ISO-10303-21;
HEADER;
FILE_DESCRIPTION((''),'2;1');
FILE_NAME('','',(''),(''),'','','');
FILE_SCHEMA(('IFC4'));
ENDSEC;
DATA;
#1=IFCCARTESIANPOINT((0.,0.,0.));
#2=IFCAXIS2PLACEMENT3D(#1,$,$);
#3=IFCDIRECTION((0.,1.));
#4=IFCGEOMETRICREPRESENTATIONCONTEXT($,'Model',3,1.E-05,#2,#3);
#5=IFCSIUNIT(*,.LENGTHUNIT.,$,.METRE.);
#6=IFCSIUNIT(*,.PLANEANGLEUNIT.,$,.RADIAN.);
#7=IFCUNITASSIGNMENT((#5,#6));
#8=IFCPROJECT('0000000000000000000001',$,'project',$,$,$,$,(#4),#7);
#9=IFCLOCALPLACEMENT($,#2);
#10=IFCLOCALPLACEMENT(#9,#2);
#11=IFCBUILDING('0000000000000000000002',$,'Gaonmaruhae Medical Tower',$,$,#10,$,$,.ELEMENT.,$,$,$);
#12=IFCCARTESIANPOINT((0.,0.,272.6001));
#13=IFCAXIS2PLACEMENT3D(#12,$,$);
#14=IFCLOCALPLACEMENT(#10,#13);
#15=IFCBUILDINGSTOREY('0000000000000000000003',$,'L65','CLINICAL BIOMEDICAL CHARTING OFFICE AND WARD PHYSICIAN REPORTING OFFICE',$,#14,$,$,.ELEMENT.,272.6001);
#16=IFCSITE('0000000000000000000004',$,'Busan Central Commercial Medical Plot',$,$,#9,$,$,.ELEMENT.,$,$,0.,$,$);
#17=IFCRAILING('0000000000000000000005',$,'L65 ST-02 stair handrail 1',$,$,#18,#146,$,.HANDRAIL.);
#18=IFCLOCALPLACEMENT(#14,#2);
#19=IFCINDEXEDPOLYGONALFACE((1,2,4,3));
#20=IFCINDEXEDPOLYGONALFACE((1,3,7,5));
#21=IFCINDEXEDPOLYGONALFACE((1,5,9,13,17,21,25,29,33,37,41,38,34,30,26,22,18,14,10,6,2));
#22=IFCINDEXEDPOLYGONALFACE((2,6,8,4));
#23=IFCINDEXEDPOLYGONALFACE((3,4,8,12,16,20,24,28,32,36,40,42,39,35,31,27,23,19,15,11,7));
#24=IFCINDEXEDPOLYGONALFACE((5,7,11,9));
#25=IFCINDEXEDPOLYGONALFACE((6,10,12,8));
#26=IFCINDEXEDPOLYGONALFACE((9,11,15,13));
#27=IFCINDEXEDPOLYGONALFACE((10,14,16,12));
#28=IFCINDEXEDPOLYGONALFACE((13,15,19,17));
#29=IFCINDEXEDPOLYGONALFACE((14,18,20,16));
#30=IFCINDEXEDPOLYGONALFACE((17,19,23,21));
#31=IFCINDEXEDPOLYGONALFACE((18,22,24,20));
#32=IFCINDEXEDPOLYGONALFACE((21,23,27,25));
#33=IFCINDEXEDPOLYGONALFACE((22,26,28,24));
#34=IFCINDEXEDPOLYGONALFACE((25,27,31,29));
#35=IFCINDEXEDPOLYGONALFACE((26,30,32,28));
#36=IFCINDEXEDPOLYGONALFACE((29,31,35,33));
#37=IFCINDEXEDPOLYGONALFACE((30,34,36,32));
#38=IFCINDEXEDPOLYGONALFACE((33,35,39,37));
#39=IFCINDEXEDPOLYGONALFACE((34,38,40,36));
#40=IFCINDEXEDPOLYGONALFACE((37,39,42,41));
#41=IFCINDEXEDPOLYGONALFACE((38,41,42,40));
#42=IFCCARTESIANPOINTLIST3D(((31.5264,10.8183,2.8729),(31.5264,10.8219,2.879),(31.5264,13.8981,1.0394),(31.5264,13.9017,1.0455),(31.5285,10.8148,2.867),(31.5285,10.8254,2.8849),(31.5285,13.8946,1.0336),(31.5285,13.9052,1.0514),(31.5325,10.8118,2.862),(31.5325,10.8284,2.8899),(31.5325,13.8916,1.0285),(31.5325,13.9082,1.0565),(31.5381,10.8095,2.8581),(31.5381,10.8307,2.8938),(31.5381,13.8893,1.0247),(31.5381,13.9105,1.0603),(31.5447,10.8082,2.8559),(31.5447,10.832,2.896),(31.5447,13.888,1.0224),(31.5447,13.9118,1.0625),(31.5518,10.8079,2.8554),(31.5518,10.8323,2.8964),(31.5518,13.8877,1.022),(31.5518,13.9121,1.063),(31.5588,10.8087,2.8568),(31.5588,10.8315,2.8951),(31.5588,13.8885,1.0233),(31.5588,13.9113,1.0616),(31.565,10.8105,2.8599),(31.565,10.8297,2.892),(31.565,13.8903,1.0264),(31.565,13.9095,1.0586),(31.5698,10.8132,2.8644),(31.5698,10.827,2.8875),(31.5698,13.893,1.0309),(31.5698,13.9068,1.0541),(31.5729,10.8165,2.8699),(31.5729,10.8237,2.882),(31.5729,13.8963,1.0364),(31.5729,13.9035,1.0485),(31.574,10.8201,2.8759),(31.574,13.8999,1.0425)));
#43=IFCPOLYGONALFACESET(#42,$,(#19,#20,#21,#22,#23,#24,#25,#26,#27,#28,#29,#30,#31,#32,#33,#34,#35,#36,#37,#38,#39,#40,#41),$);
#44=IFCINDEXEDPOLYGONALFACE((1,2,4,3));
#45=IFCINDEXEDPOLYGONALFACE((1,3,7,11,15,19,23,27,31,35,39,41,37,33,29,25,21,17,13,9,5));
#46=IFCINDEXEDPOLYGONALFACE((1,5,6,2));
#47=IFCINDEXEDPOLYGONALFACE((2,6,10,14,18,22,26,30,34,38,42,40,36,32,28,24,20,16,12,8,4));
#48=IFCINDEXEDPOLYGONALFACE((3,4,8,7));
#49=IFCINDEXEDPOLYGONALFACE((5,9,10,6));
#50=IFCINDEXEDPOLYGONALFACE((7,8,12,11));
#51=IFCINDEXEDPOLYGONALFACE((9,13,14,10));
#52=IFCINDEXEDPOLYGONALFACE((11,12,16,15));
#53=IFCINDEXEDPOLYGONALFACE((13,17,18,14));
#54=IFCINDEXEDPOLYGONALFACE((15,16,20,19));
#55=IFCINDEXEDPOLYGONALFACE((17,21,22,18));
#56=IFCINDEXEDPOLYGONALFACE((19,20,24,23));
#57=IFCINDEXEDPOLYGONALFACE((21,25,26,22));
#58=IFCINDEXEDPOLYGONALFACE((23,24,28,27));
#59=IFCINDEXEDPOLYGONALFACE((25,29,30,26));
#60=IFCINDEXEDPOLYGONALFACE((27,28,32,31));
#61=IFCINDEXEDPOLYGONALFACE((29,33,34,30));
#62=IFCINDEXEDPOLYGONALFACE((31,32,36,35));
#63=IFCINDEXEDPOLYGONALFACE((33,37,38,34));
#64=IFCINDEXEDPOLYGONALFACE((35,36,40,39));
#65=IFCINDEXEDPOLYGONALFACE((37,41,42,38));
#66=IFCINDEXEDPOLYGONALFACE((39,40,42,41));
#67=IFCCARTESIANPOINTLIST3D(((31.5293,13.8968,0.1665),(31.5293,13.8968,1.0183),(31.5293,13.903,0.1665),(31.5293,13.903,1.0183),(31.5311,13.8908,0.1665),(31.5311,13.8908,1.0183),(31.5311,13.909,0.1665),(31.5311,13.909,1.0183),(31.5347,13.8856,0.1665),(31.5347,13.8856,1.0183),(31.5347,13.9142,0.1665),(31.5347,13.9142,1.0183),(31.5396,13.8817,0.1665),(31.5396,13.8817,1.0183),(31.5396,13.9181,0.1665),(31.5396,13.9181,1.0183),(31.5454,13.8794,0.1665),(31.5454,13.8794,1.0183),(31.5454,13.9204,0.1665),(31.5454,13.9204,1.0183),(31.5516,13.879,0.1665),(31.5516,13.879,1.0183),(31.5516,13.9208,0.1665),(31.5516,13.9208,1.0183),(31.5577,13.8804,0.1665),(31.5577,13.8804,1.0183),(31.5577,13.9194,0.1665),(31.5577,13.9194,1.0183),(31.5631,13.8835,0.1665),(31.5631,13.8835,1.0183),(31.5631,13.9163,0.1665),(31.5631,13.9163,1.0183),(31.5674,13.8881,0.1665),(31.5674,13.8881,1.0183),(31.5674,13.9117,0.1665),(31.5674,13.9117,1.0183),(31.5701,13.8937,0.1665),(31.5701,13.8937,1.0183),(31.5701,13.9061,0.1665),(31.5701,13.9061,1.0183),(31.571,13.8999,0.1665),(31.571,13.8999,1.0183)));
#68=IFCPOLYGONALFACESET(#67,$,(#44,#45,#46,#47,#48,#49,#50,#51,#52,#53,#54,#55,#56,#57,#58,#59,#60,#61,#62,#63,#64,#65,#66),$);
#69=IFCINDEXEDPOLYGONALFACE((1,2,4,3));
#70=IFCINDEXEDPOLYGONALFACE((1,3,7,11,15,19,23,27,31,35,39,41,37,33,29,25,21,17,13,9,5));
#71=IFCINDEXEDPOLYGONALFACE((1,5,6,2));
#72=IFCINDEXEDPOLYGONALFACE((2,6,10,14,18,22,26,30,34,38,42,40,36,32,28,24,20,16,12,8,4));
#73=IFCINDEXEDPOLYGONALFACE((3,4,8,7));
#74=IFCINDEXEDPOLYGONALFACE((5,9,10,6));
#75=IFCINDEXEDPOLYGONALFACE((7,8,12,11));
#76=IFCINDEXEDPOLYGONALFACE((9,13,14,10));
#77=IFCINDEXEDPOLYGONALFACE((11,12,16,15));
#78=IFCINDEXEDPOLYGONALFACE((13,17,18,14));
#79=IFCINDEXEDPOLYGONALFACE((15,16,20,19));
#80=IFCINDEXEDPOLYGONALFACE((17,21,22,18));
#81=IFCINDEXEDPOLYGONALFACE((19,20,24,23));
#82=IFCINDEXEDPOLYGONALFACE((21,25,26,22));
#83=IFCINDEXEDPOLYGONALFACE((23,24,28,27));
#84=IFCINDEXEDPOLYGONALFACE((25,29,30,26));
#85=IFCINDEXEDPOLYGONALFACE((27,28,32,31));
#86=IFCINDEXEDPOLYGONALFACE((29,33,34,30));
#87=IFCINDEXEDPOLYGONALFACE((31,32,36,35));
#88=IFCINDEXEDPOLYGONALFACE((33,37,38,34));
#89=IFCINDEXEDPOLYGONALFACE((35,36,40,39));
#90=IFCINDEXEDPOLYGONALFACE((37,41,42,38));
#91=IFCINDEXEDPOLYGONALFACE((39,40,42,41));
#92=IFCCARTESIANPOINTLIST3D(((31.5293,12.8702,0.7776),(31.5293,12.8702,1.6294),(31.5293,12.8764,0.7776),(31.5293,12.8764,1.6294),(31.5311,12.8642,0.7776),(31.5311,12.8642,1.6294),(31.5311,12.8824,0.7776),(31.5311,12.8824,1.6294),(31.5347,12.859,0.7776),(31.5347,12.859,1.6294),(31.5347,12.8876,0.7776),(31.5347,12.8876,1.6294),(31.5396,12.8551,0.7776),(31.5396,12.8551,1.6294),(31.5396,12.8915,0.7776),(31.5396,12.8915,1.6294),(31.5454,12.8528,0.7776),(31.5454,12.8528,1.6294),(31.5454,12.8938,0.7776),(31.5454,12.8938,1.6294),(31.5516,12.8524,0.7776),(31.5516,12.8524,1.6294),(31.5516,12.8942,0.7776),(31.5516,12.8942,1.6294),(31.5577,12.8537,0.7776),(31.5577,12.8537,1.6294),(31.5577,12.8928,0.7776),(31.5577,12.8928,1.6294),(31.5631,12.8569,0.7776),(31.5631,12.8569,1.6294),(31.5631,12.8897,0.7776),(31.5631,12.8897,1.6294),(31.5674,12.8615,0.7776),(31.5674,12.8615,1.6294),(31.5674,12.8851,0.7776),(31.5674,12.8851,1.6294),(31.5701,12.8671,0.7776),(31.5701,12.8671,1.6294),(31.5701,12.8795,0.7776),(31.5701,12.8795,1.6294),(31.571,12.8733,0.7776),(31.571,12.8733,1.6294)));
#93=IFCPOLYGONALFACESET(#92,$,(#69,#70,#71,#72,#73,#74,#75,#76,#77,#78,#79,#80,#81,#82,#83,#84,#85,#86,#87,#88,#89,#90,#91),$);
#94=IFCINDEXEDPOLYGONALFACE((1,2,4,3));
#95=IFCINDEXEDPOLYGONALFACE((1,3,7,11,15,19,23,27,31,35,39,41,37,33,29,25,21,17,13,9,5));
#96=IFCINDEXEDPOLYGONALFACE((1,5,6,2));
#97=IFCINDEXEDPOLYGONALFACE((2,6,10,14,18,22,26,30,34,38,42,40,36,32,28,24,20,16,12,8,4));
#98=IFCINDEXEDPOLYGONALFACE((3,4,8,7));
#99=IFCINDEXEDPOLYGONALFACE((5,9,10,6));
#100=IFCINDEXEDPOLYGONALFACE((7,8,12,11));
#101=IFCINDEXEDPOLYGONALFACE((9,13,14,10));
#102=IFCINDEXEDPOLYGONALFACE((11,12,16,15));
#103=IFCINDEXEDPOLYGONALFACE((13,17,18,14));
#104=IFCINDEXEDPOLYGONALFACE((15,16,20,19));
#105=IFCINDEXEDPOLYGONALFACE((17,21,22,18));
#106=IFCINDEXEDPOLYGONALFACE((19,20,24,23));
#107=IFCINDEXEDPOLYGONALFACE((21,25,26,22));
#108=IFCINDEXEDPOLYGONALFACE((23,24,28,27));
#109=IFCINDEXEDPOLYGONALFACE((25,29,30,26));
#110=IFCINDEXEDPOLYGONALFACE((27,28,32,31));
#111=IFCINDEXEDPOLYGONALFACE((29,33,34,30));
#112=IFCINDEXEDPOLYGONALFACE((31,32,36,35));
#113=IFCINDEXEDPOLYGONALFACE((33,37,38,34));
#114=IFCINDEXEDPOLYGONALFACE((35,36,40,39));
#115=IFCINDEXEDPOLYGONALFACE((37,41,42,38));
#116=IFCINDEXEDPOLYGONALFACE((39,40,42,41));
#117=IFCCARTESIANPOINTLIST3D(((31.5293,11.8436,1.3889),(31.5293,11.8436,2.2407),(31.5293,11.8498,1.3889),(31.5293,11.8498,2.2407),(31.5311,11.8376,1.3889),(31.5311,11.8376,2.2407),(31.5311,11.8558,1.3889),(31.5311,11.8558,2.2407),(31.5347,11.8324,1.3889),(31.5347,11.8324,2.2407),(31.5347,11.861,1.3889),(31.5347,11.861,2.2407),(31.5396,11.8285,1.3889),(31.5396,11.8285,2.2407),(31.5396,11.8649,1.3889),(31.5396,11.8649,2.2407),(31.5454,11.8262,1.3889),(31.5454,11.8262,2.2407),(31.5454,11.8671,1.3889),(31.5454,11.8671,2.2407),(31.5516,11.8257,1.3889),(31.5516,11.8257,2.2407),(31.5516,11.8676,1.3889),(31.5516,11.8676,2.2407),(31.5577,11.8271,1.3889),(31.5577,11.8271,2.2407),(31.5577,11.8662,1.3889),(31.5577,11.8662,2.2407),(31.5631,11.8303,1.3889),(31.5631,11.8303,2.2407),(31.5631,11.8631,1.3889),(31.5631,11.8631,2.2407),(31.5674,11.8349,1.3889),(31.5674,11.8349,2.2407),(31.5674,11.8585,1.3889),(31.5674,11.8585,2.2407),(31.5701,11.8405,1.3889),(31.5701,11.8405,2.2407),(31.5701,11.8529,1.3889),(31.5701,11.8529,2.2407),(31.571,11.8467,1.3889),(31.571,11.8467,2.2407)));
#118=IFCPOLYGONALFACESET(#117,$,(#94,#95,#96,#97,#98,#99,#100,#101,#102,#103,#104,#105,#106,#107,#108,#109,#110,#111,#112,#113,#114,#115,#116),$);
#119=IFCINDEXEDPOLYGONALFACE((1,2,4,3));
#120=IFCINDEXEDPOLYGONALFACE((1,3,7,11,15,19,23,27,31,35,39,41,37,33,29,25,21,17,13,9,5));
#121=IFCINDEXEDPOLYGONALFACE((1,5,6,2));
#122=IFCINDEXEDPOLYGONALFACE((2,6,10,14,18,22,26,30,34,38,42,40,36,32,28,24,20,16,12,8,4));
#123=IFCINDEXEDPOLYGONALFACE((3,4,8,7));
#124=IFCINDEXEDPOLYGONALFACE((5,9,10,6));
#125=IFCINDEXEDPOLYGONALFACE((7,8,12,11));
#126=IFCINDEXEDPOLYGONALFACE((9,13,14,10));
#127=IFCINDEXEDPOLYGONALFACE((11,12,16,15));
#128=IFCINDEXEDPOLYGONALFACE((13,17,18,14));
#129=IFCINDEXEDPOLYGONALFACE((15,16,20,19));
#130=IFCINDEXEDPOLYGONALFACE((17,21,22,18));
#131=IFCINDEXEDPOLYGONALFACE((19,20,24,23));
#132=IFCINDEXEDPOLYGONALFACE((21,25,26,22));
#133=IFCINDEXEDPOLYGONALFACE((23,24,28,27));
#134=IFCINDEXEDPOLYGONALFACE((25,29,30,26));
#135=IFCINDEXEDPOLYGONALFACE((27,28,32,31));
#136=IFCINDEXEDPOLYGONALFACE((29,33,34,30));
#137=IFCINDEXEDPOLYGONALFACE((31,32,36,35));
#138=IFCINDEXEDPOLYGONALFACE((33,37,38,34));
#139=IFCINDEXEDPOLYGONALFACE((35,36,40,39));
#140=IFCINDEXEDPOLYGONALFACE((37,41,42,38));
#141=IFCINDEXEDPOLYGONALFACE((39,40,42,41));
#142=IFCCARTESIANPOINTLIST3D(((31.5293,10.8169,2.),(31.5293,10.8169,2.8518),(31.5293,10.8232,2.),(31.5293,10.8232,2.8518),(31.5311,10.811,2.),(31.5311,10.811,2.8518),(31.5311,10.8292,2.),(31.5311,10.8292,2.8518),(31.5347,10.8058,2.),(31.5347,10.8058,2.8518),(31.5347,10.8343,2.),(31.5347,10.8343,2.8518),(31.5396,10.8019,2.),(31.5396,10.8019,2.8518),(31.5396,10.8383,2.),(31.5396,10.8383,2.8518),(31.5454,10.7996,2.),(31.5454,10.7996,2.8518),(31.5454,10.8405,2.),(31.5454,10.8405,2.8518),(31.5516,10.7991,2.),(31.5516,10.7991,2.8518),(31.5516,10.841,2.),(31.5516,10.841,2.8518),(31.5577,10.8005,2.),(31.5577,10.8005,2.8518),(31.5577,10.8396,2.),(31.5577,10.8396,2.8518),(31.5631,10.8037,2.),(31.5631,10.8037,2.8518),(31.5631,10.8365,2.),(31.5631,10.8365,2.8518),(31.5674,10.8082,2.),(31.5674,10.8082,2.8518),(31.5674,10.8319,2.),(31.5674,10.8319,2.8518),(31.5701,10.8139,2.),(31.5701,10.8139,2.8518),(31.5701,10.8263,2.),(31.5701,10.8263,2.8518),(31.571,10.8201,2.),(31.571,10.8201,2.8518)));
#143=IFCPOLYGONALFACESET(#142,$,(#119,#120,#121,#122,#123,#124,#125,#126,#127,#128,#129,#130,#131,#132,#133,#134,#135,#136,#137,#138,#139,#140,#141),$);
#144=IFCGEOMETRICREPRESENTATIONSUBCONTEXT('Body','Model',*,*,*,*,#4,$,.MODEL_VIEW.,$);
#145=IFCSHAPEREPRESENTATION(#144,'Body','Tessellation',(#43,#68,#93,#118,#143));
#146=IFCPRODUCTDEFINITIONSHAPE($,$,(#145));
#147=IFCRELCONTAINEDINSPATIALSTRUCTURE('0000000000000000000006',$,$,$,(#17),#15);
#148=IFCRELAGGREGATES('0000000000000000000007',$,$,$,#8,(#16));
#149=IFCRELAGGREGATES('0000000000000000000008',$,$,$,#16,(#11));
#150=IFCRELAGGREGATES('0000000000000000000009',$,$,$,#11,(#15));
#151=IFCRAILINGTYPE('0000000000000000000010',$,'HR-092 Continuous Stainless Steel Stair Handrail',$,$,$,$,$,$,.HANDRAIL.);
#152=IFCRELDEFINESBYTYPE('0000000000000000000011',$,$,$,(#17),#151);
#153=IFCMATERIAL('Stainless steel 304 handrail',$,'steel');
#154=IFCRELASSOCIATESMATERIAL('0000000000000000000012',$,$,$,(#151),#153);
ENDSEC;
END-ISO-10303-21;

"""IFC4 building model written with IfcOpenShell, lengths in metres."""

from ifc_helpers import new_model, si_unit, direction, frame, origin, origin_2d, place, context, subcontext, project, spatial, circle, extrude, material, type_object, element, save


model = new_model("IFC4")

# Units and contexts
model_context = context("Model", 3, precision=1e-05, world=origin(), true_north=direction((0.0, 1.0)))
body_context = subcontext(model_context, "Body", "Model", "MODEL_VIEW")
ifc_project = project(units=[si_unit("LENGTHUNIT", "METRE"), si_unit("PLANEANGLEUNIT", "RADIAN")], contexts=[model_context])

# Site, building, storey
site_placement = place(None, origin())
site = spatial("IfcSite", under=ifc_project, at=site_placement, Name="Busan Central Commercial Medical Plot", CompositionType="ELEMENT", RefElevation=0.0)
building_placement = place(site_placement, origin())
building = spatial("IfcBuilding", under=site, at=building_placement, Name="Gaonmaruhae Medical Tower", CompositionType="ELEMENT")
storey_placement = place(building_placement, frame((0.0, 0.0, 272.6001)))
storey = spatial("IfcBuildingStorey", under=building, at=storey_placement, Name="L65", Description="CLINICAL BIOMEDICAL CHARTING OFFICE AND WARD PHYSICIAN REPORTING OFFICE", CompositionType="ELEMENT", Elevation=272.6001)

# Railing
ifc_material_1 = material(Name="Stainless steel 304 handrail", Category="steel")
railing_type_1 = type_object("IfcRailingType", Name="HR-092 Continuous Stainless Steel Stair Handrail", PredefinedType="HANDRAIL", material=ifc_material_1)
railing_1_placement = place(storey_placement, frame((31.55, 13.8999, 0.1665)))
element("IfcRailing", 1, at=railing_1_placement, inside=storey, type_object=railing_type_1, Name="L65 ST-02 stair handrail 1", PredefinedType="HANDRAIL", context=body_context, shape_type="SweptSolid", body=[
    extrude(circle(Radius=0.0239, at=origin_2d()), frame((0.0, 0.0, 0.876), z_axis=(0.0, -0.859261, 0.511538), x_axis=(1.0, 0.0, 0.0)), (0.0, 0.0, 1.0), 3.5842),
    extrude(circle(Radius=0.021, at=origin_2d()), origin(), (0.0, 0.0, 1.0), 0.8518),
    extrude(circle(Radius=0.021, at=origin_2d()), frame((0.0, -1.0266, 0.6111)), (0.0, 0.0, 1.0), 0.8518),
    extrude(circle(Radius=0.021, at=origin_2d()), frame((0.0, -2.0532, 1.2224)), (0.0, 0.0, 1.0), 0.8518),
    extrude(circle(Radius=0.021, at=origin_2d()), frame((0.0, -3.0798, 1.8335)), (0.0, 0.0, 1.0), 0.8518),
])

save(model, "model.ifc")
